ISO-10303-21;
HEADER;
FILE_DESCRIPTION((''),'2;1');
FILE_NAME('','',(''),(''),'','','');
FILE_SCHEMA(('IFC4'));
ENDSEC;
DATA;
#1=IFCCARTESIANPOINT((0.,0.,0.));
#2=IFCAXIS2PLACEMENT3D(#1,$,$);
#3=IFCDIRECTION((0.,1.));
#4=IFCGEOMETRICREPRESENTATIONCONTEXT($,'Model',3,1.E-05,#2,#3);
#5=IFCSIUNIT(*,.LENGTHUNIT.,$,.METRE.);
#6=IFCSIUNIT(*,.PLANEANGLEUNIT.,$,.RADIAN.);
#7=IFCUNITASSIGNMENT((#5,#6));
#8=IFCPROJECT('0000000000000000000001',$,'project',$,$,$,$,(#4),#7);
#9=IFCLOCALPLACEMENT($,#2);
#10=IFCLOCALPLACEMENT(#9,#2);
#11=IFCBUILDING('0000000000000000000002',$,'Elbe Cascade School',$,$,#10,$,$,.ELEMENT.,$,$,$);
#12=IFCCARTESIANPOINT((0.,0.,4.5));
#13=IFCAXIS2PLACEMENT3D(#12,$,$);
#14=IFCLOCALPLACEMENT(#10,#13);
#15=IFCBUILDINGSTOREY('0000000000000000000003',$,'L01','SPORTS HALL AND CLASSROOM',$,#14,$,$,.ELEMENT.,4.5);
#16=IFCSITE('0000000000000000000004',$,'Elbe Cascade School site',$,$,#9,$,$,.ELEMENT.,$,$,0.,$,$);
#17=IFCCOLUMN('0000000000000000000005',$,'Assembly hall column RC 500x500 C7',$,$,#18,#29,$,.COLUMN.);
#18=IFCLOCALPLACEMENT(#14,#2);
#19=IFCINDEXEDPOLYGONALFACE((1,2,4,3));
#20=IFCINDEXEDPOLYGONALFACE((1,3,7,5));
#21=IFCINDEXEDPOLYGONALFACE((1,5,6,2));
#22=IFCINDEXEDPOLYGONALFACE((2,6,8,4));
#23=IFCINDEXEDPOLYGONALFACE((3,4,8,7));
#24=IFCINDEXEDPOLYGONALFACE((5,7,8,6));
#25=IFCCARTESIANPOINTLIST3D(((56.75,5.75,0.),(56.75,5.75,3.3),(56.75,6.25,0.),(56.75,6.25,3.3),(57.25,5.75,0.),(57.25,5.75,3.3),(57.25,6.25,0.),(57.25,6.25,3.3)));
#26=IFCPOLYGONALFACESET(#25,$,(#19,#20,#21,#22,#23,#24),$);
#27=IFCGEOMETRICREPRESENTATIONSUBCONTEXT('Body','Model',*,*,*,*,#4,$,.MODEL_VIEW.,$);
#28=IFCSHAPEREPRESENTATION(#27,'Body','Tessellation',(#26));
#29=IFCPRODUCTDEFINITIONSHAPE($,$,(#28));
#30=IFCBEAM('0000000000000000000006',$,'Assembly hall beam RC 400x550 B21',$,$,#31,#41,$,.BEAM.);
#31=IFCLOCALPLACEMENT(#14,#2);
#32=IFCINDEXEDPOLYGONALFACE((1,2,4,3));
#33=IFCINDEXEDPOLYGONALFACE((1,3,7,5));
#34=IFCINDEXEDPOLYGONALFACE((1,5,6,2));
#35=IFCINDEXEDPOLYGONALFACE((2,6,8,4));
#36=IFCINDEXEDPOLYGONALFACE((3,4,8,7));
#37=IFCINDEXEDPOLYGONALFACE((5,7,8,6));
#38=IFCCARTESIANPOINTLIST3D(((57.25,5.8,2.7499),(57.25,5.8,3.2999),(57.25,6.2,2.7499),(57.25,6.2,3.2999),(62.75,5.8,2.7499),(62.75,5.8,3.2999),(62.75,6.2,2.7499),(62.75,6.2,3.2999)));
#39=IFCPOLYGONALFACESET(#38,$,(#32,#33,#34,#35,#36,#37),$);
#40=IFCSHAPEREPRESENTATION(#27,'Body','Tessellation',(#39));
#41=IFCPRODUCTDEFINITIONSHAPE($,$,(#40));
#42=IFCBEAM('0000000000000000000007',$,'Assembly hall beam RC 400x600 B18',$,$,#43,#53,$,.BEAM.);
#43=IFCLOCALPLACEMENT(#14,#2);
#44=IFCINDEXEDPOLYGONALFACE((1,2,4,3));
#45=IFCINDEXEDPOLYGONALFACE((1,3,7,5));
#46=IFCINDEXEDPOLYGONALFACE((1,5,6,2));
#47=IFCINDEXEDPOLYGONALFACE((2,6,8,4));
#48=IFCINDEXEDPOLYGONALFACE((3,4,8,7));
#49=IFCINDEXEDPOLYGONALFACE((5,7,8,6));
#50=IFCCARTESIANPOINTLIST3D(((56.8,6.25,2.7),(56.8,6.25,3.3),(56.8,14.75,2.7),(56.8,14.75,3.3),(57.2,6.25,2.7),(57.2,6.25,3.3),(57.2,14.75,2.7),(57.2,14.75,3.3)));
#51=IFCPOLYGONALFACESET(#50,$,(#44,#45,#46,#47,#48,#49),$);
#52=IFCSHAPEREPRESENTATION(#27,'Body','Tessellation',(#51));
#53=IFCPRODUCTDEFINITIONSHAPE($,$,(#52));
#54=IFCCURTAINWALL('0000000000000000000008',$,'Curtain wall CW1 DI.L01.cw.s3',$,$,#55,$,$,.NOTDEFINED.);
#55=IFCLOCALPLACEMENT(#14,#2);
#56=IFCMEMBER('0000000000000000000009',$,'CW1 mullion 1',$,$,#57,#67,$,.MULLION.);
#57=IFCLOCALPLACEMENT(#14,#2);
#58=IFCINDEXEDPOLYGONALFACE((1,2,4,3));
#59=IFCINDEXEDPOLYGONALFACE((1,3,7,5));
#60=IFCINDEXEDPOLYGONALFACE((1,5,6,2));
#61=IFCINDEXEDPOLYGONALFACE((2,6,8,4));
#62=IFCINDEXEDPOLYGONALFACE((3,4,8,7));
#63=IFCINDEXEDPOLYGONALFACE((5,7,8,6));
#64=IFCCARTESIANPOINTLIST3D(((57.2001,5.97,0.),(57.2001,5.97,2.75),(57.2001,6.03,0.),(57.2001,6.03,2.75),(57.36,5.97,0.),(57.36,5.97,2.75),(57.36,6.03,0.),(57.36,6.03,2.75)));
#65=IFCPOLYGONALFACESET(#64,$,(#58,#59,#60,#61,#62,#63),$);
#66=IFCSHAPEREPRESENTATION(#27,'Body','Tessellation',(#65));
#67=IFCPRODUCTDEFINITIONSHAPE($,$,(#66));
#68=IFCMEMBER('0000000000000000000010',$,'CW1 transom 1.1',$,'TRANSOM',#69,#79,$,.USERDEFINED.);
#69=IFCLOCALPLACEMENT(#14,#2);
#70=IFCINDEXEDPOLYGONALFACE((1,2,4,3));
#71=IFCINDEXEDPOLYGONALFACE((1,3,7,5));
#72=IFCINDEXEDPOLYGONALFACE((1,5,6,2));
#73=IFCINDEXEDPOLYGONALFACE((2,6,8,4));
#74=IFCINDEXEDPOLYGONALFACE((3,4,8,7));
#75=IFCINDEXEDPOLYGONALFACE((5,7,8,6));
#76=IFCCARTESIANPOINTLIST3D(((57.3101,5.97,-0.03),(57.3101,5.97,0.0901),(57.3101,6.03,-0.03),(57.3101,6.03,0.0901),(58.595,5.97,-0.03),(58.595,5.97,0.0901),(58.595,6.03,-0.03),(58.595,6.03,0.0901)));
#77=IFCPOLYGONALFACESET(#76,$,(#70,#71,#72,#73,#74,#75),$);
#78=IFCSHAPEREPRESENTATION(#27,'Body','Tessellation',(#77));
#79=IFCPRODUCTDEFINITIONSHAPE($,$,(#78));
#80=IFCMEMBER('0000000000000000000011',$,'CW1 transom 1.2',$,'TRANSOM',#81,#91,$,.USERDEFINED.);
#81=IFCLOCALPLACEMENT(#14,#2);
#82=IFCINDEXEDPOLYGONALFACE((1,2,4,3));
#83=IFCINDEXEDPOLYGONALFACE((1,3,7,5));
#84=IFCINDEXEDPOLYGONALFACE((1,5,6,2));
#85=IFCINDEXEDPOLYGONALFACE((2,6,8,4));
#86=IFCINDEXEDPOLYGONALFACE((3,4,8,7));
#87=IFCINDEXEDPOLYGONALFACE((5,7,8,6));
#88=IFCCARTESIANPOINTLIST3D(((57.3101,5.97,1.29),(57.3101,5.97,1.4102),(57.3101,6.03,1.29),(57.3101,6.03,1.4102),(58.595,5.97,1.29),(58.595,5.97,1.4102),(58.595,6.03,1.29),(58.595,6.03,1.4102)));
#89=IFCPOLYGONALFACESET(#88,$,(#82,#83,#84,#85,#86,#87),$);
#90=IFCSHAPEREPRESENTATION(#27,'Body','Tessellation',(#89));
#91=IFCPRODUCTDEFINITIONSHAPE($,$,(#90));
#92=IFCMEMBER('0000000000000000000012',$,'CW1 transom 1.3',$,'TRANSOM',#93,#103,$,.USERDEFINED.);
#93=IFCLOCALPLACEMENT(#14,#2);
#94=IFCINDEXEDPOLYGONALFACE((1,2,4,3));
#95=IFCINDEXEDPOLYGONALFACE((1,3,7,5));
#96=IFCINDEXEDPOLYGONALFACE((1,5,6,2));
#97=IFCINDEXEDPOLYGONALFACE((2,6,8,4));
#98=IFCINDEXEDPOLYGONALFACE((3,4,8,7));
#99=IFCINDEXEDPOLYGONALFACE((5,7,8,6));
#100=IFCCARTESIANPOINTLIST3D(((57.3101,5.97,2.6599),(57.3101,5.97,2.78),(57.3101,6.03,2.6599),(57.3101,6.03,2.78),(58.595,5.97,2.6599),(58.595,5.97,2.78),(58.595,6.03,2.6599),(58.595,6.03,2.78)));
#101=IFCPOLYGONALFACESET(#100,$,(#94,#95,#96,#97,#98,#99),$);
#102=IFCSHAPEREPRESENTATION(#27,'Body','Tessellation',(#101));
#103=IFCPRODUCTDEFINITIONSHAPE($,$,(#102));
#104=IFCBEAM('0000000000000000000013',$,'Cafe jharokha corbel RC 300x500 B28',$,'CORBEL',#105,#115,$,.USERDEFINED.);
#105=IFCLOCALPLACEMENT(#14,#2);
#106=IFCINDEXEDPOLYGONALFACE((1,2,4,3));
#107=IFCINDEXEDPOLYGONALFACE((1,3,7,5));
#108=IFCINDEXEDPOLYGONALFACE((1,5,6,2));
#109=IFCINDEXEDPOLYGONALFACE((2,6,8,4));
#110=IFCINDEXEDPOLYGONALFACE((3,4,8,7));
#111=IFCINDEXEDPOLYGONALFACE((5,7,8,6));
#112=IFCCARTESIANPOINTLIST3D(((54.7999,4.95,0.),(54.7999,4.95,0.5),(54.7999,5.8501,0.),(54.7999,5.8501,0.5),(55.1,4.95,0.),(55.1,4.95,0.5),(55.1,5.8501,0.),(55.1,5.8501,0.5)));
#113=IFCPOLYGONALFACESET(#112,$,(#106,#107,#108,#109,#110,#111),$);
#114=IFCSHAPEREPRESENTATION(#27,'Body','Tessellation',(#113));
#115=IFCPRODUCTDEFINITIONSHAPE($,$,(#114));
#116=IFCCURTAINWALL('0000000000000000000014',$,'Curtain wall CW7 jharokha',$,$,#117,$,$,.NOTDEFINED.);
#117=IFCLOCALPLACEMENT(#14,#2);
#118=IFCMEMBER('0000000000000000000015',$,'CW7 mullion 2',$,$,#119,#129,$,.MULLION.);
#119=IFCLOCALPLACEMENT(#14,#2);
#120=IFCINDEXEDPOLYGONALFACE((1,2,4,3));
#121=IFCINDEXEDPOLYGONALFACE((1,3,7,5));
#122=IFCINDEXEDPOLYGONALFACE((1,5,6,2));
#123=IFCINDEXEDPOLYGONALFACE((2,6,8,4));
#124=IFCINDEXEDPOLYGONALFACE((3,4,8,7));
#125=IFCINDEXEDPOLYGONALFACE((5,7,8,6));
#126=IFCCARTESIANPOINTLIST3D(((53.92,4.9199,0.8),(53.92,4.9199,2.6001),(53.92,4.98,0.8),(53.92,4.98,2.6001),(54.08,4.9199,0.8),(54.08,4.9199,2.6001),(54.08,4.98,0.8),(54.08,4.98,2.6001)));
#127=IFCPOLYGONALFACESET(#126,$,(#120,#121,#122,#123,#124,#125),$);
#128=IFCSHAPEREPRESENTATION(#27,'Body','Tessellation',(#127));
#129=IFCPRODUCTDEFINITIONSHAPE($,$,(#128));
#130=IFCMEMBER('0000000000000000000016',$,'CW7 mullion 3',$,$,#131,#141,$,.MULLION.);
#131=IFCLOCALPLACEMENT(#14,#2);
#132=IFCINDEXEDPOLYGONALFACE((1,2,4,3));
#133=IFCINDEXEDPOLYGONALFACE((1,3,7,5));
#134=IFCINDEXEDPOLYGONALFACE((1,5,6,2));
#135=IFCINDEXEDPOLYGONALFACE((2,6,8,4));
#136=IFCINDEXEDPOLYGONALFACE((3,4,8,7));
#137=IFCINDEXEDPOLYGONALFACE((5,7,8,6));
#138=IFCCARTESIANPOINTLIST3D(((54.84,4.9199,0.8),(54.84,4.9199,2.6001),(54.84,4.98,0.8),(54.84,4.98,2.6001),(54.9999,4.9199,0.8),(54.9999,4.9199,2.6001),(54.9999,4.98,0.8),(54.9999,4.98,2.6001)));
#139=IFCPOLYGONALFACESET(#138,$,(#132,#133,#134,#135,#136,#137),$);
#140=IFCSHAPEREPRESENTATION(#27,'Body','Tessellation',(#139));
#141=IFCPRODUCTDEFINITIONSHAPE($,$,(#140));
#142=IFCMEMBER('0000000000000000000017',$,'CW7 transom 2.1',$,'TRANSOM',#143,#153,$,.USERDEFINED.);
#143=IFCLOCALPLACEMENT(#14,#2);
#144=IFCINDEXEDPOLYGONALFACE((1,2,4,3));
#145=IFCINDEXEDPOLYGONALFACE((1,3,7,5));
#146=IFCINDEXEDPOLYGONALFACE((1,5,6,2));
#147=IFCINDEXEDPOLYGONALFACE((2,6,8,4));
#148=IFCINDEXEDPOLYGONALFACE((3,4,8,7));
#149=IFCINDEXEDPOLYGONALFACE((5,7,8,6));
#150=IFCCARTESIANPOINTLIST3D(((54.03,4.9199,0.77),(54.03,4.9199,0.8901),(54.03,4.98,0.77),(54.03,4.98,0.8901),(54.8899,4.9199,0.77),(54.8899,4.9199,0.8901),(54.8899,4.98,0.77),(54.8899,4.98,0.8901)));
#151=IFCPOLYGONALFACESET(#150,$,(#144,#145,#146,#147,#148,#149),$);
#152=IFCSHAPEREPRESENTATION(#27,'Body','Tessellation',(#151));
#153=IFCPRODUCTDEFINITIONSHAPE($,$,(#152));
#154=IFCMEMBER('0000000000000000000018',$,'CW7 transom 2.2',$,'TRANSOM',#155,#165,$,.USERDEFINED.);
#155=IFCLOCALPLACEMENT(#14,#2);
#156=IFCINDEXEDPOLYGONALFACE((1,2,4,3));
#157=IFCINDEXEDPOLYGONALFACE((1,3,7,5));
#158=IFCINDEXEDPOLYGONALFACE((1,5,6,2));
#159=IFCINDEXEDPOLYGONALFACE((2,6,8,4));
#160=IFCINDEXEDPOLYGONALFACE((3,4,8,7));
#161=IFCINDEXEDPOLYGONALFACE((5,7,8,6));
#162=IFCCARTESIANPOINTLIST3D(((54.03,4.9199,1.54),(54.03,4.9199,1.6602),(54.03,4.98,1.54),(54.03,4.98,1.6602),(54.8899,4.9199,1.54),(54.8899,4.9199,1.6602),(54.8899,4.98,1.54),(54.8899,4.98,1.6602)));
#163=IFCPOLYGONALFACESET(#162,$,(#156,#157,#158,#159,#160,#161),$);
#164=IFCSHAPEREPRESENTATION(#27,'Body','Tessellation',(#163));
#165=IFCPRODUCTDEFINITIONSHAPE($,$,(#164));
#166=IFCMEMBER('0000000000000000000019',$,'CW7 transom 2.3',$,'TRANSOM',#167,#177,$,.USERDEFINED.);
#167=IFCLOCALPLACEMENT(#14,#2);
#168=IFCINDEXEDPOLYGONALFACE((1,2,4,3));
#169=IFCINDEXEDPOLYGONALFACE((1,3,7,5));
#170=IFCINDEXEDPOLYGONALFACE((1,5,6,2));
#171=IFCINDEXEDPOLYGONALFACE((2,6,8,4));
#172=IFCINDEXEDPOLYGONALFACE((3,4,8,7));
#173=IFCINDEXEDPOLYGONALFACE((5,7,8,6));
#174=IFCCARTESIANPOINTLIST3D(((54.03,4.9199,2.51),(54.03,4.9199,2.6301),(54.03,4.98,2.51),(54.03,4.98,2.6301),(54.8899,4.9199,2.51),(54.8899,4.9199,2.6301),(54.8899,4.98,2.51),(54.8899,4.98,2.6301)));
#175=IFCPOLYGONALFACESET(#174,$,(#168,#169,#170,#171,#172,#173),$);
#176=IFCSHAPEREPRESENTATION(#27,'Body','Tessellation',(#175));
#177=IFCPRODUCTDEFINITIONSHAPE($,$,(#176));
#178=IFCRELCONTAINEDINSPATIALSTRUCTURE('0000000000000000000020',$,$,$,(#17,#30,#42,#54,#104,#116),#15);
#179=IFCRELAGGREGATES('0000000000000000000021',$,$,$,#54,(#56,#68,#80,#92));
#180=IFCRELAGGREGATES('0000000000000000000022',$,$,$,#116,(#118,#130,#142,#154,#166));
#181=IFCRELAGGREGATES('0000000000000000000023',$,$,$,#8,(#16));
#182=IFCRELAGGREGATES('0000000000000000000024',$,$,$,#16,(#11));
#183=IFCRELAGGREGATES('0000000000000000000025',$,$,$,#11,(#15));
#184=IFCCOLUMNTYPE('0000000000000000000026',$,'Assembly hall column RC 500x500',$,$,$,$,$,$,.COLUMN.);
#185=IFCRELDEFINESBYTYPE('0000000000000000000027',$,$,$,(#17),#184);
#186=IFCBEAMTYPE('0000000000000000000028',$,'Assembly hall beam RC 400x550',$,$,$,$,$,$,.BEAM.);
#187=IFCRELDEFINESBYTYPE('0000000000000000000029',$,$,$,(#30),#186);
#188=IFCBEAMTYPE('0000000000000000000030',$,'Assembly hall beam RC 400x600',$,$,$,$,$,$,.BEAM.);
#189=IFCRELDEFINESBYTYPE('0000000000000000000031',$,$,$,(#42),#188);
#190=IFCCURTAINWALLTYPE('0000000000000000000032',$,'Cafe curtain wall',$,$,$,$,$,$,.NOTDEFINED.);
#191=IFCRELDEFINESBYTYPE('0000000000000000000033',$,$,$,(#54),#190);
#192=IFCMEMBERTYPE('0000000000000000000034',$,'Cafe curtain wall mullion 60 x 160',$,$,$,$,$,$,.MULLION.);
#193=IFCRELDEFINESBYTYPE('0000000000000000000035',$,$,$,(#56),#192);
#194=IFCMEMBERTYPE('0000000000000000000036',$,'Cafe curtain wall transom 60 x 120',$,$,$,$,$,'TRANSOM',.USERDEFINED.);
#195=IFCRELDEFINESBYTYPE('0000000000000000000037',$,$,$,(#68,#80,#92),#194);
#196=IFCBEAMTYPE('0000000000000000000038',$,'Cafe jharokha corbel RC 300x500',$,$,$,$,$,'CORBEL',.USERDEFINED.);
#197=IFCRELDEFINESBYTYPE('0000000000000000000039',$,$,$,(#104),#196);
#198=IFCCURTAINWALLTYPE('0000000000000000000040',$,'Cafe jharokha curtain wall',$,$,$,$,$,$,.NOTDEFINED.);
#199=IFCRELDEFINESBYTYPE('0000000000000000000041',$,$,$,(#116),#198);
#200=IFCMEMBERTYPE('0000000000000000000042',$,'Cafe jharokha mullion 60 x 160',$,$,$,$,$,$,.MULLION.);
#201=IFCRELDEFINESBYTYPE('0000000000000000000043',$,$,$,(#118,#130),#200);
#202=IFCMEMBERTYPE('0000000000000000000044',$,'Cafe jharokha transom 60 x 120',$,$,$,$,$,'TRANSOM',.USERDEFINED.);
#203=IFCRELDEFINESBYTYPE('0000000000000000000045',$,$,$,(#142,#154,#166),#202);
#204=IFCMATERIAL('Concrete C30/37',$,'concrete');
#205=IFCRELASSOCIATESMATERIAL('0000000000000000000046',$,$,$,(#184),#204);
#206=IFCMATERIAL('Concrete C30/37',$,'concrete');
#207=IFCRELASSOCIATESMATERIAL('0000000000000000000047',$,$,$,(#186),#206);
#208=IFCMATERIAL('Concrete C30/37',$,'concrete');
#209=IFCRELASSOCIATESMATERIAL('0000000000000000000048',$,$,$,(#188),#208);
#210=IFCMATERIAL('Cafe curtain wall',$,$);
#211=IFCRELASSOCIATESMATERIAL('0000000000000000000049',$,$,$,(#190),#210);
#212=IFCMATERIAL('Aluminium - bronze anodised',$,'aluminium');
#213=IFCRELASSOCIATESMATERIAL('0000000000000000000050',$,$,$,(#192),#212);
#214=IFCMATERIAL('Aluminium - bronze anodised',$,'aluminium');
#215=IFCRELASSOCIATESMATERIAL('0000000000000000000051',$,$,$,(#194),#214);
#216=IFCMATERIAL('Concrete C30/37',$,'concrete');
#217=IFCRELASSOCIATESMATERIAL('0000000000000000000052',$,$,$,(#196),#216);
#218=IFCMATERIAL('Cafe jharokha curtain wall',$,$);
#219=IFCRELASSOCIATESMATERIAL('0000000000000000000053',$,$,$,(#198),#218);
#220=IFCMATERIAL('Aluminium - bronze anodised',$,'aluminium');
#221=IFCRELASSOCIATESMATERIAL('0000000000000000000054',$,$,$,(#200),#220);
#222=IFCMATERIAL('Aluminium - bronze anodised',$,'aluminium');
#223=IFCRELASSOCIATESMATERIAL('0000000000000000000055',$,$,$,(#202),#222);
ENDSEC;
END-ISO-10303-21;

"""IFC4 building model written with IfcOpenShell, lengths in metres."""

from ifc_helpers import new_model, si_unit, direction, frame, origin, origin_2d, place, context, subcontext, project, spatial, rectangle, extrude, material, material_profile, profile_set, type_object, element, aggregate, save


model = new_model("IFC4")

# Units and contexts
model_context = context("Model", 3, precision=1e-05, world=origin(), true_north=direction((0.0, 1.0)))
body_context = subcontext(model_context, "Body", "Model", "MODEL_VIEW")
ifc_project = project(units=[si_unit("LENGTHUNIT", "METRE"), si_unit("PLANEANGLEUNIT", "RADIAN")], contexts=[model_context])

# Site, building, storey
site_placement = place(None, origin())
site = spatial("IfcSite", under=ifc_project, at=site_placement, Name="Elbe Cascade School site", CompositionType="ELEMENT", RefElevation=0.0)
building_placement = place(site_placement, origin())
building = spatial("IfcBuilding", under=site, at=building_placement, Name="Elbe Cascade School", CompositionType="ELEMENT")
storey_placement = place(building_placement, frame((0.0, 0.0, 4.5)))
storey = spatial("IfcBuildingStorey", under=building, at=storey_placement, Name="L01", Description="SPORTS HALL AND CLASSROOM", CompositionType="ELEMENT", Elevation=4.5)

# Column
ifc_material_1 = material(Name="Concrete C30/37", Category="concrete")
ifc_material_profile_1 = material_profile(ifc_material_1, rectangle(XDim=0.5, YDim=0.5, at=origin_2d()), Name="RC 500x500")
ifc_profile_set_1 = profile_set([ifc_material_profile_1], Name="Concrete C30/37")
column_type = type_object("IfcColumnType", Name="Assembly hall column RC 500x500", PredefinedType="COLUMN", material=ifc_profile_set_1)
column_placement = place(storey_placement, frame((57.0, 6.0, 0.0), z_axis=(0.0, 0.0, 1.0), x_axis=(1.0, 0.0, 0.0)))
element("IfcColumn", 1, at=column_placement, inside=storey, type_object=column_type, Name="Assembly hall column RC 500x500 C7", PredefinedType="COLUMN", context=body_context, shape_type="SweptSolid", body=[
    extrude(rectangle(XDim=0.5, YDim=0.5, at=origin_2d()), origin(), (0.0, 0.0, 1.0), 3.3),
])

# Beams
ifc_material_2 = material(Name="Concrete C30/37", Category="concrete")
ifc_material_profile_2 = material_profile(ifc_material_2, rectangle(XDim=0.3999, YDim=0.55, at=origin_2d()), Name="RC 400x550")
ifc_profile_set_2 = profile_set([ifc_material_profile_2], Name="Concrete C30/37")
beam_type_1 = type_object("IfcBeamType", Name="Assembly hall beam RC 400x550", PredefinedType="BEAM", material=ifc_profile_set_2)
beam_1_placement = place(storey_placement, frame((57.25, 6.0, 3.0249), z_axis=(1.0, 0.0, 0.0), x_axis=(0.0, 1.0, 0.0)))
element("IfcBeam", 2, at=beam_1_placement, inside=storey, type_object=beam_type_1, Name="Assembly hall beam RC 400x550 B21", PredefinedType="BEAM", context=body_context, shape_type="SweptSolid", body=[
    extrude(rectangle(XDim=0.3999, YDim=0.55, at=origin_2d()), origin(), (0.0, 0.0, 1.0), 5.5),
])
ifc_material_3 = material(Name="Concrete C30/37", Category="concrete")
ifc_material_profile_3 = material_profile(ifc_material_3, rectangle(XDim=0.3999, YDim=0.6001, at=origin_2d()), Name="RC 400x600")
ifc_profile_set_3 = profile_set([ifc_material_profile_3], Name="Concrete C30/37")
beam_type_2 = type_object("IfcBeamType", Name="Assembly hall beam RC 400x600", PredefinedType="BEAM", material=ifc_profile_set_3)
beam_2_placement = place(storey_placement, frame((57.0, 6.25, 3.0), z_axis=(0.0, 1.0, 0.0), x_axis=(-1.0, 0.0, 0.0)))
element("IfcBeam", 3, at=beam_2_placement, inside=storey, type_object=beam_type_2, Name="Assembly hall beam RC 400x600 B18", PredefinedType="BEAM", context=body_context, shape_type="SweptSolid", body=[
    extrude(rectangle(XDim=0.3999, YDim=0.6001, at=origin_2d()), origin(), (0.0, 0.0, 1.0), 8.5),
])

# Curtain wall, members
ifc_material_4 = material(Name="Cafe curtain wall")
curtain_wall_type_1 = type_object("IfcCurtainWallType", Name="Cafe curtain wall", PredefinedType="NOTDEFINED", material=ifc_material_4)
curtain_wall_1_placement = place(storey_placement, origin())
curtain_wall_1 = element("IfcCurtainWall", 4, at=curtain_wall_1_placement, inside=storey, type_object=curtain_wall_type_1, Name="Curtain wall CW1 DI.L01.cw.s3", PredefinedType="NOTDEFINED")
ifc_material_5 = material(Name="Aluminium - bronze anodised", Category="aluminium")
ifc_material_profile_4 = material_profile(ifc_material_5, rectangle(XDim=0.0601, YDim=0.1599, at=origin_2d()), Name="RECT 60x160")
ifc_profile_set_4 = profile_set([ifc_material_profile_4], Name="Aluminium - bronze anodised")
member_type_1 = type_object("IfcMemberType", Name="Cafe curtain wall mullion 60 x 160", PredefinedType="MULLION", material=ifc_profile_set_4)
member_1_placement = place(storey_placement, frame((57.28, 6.0, 0.0), z_axis=(0.0, 0.0, 1.0), x_axis=(0.0, 1.0, 0.0)))
member_1 = element("IfcMember", 5, at=member_1_placement, type_object=member_type_1, Name="CW1 mullion 1", PredefinedType="MULLION", context=body_context, shape_type="SweptSolid", body=[
    extrude(rectangle(XDim=0.0601, YDim=0.1599, at=origin_2d()), origin(), (0.0, 0.0, 1.0), 2.75),
])
ifc_material_6 = material(Name="Aluminium - bronze anodised", Category="aluminium")
ifc_material_profile_5 = material_profile(ifc_material_6, rectangle(XDim=0.0601, YDim=0.1201, at=origin_2d()), Name="RECT 60x120")
ifc_profile_set_5 = profile_set([ifc_material_profile_5], Name="Aluminium - bronze anodised")
member_type_2 = type_object("IfcMemberType", Name="Cafe curtain wall transom 60 x 120", ElementType="TRANSOM", PredefinedType="USERDEFINED", material=ifc_profile_set_5)
member_2_placement = place(storey_placement, frame((57.3101, 6.0, 0.03), z_axis=(1.0, 0.0, 0.0), x_axis=(0.0, 1.0, 0.0)))
member_2 = element("IfcMember", 6, at=member_2_placement, type_object=member_type_2, Name="CW1 transom 1.1", ObjectType="TRANSOM", PredefinedType="USERDEFINED", context=body_context, shape_type="SweptSolid", body=[
    extrude(rectangle(XDim=0.0601, YDim=0.1201, at=origin_2d()), origin(), (0.0, 0.0, 1.0), 1.2849),
])
member_3_placement = place(storey_placement, frame((57.3101, 6.0, 1.3501), z_axis=(1.0, 0.0, 0.0), x_axis=(0.0, 1.0, 0.0)))
member_3 = element("IfcMember", 7, at=member_3_placement, type_object=member_type_2, Name="CW1 transom 1.2", ObjectType="TRANSOM", PredefinedType="USERDEFINED", context=body_context, shape_type="SweptSolid", body=[
    extrude(rectangle(XDim=0.0601, YDim=0.1201, at=origin_2d()), origin(), (0.0, 0.0, 1.0), 1.2849),
])
member_4_placement = place(storey_placement, frame((57.3101, 6.0, 2.72), z_axis=(1.0, 0.0, 0.0), x_axis=(0.0, 1.0, 0.0)))
member_4 = element("IfcMember", 8, at=member_4_placement, type_object=member_type_2, Name="CW1 transom 1.3", ObjectType="TRANSOM", PredefinedType="USERDEFINED", context=body_context, shape_type="SweptSolid", body=[
    extrude(rectangle(XDim=0.0601, YDim=0.1201, at=origin_2d()), origin(), (0.0, 0.0, 1.0), 1.2849),
])

# Beam
ifc_material_7 = material(Name="Concrete C30/37", Category="concrete")
ifc_material_profile_6 = material_profile(ifc_material_7, rectangle(XDim=0.3, YDim=0.5, at=origin_2d()), Name="RC 300x500")
ifc_profile_set_6 = profile_set([ifc_material_profile_6], Name="Concrete C30/37")
beam_type_3 = type_object("IfcBeamType", Name="Cafe jharokha corbel RC 300x500", ElementType="CORBEL", PredefinedType="USERDEFINED", material=ifc_profile_set_6)
beam_3_placement = place(storey_placement, frame((54.95, 5.8501, 0.25), z_axis=(0.0, -1.0, 0.0), x_axis=(1.0, 0.0, 0.0)))
element("IfcBeam", 9, at=beam_3_placement, inside=storey, type_object=beam_type_3, Name="Cafe jharokha corbel RC 300x500 B28", ObjectType="CORBEL", PredefinedType="USERDEFINED", context=body_context, shape_type="SweptSolid", body=[
    extrude(rectangle(XDim=0.3, YDim=0.5, at=origin_2d()), origin(), (0.0, 0.0, 1.0), 0.9001),
])

# Curtain wall, members
ifc_material_8 = material(Name="Cafe jharokha curtain wall")
curtain_wall_type_2 = type_object("IfcCurtainWallType", Name="Cafe jharokha curtain wall", PredefinedType="NOTDEFINED", material=ifc_material_8)
curtain_wall_2_placement = place(storey_placement, origin())
curtain_wall_2 = element("IfcCurtainWall", 10, at=curtain_wall_2_placement, inside=storey, type_object=curtain_wall_type_2, Name="Curtain wall CW7 jharokha", PredefinedType="NOTDEFINED")
ifc_material_9 = material(Name="Aluminium - bronze anodised", Category="aluminium")
ifc_material_profile_7 = material_profile(ifc_material_9, rectangle(XDim=0.0601, YDim=0.1599, at=origin_2d()), Name="RECT 60x160")
ifc_profile_set_7 = profile_set([ifc_material_profile_7], Name="Aluminium - bronze anodised")
member_type_3 = type_object("IfcMemberType", Name="Cafe jharokha mullion 60 x 160", PredefinedType="MULLION", material=ifc_profile_set_7)
member_5_placement = place(storey_placement, frame((54.0, 4.95, 0.8), z_axis=(0.0, 0.0, 1.0), x_axis=(0.0, 1.0, 0.0)))
member_5 = element("IfcMember", 11, at=member_5_placement, type_object=member_type_3, Name="CW7 mullion 2", PredefinedType="MULLION", context=body_context, shape_type="SweptSolid", body=[
    extrude(rectangle(XDim=0.0601, YDim=0.1599, at=origin_2d()), origin(), (0.0, 0.0, 1.0), 1.8),
])
member_6_placement = place(storey_placement, frame((54.9199, 4.95, 0.8), z_axis=(0.0, 0.0, 1.0), x_axis=(0.0, 1.0, 0.0)))
member_6 = element("IfcMember", 12, at=member_6_placement, type_object=member_type_3, Name="CW7 mullion 3", PredefinedType="MULLION", context=body_context, shape_type="SweptSolid", body=[
    extrude(rectangle(XDim=0.0601, YDim=0.1599, at=origin_2d()), origin(), (0.0, 0.0, 1.0), 1.8),
])
ifc_material_10 = material(Name="Aluminium - bronze anodised", Category="aluminium")
ifc_material_profile_8 = material_profile(ifc_material_10, rectangle(XDim=0.0601, YDim=0.1201, at=origin_2d()), Name="RECT 60x120")
ifc_profile_set_8 = profile_set([ifc_material_profile_8], Name="Aluminium - bronze anodised")
member_type_4 = type_object("IfcMemberType", Name="Cafe jharokha transom 60 x 120", ElementType="TRANSOM", PredefinedType="USERDEFINED", material=ifc_profile_set_8)
member_7_placement = place(storey_placement, frame((54.03, 4.95, 0.8301), z_axis=(1.0, 0.0, 0.0), x_axis=(0.0, 1.0, 0.0)))
member_7 = element("IfcMember", 13, at=member_7_placement, type_object=member_type_4, Name="CW7 transom 2.1", ObjectType="TRANSOM", PredefinedType="USERDEFINED", context=body_context, shape_type="SweptSolid", body=[
    extrude(rectangle(XDim=0.0601, YDim=0.1201, at=origin_2d()), origin(), (0.0, 0.0, 1.0), 0.8599),
])
member_8_placement = place(storey_placement, frame((54.03, 4.95, 1.6001), z_axis=(1.0, 0.0, 0.0), x_axis=(0.0, 1.0, 0.0)))
member_8 = element("IfcMember", 14, at=member_8_placement, type_object=member_type_4, Name="CW7 transom 2.2", ObjectType="TRANSOM", PredefinedType="USERDEFINED", context=body_context, shape_type="SweptSolid", body=[
    extrude(rectangle(XDim=0.0601, YDim=0.1201, at=origin_2d()), origin(), (0.0, 0.0, 1.0), 0.8599),
])
member_9_placement = place(storey_placement, frame((54.03, 4.95, 2.5701), z_axis=(1.0, 0.0, 0.0), x_axis=(0.0, 1.0, 0.0)))
member_9 = element("IfcMember", 15, at=member_9_placement, type_object=member_type_4, Name="CW7 transom 2.3", ObjectType="TRANSOM", PredefinedType="USERDEFINED", context=body_context, shape_type="SweptSolid", body=[
    extrude(rectangle(XDim=0.0601, YDim=0.1201, at=origin_2d()), origin(), (0.0, 0.0, 1.0), 0.8599),
])

aggregate(curtain_wall_1, [member_1, member_2, member_3, member_4])
aggregate(curtain_wall_2, [member_5, member_6, member_7, member_8, member_9])

save(model, "model.ifc")
